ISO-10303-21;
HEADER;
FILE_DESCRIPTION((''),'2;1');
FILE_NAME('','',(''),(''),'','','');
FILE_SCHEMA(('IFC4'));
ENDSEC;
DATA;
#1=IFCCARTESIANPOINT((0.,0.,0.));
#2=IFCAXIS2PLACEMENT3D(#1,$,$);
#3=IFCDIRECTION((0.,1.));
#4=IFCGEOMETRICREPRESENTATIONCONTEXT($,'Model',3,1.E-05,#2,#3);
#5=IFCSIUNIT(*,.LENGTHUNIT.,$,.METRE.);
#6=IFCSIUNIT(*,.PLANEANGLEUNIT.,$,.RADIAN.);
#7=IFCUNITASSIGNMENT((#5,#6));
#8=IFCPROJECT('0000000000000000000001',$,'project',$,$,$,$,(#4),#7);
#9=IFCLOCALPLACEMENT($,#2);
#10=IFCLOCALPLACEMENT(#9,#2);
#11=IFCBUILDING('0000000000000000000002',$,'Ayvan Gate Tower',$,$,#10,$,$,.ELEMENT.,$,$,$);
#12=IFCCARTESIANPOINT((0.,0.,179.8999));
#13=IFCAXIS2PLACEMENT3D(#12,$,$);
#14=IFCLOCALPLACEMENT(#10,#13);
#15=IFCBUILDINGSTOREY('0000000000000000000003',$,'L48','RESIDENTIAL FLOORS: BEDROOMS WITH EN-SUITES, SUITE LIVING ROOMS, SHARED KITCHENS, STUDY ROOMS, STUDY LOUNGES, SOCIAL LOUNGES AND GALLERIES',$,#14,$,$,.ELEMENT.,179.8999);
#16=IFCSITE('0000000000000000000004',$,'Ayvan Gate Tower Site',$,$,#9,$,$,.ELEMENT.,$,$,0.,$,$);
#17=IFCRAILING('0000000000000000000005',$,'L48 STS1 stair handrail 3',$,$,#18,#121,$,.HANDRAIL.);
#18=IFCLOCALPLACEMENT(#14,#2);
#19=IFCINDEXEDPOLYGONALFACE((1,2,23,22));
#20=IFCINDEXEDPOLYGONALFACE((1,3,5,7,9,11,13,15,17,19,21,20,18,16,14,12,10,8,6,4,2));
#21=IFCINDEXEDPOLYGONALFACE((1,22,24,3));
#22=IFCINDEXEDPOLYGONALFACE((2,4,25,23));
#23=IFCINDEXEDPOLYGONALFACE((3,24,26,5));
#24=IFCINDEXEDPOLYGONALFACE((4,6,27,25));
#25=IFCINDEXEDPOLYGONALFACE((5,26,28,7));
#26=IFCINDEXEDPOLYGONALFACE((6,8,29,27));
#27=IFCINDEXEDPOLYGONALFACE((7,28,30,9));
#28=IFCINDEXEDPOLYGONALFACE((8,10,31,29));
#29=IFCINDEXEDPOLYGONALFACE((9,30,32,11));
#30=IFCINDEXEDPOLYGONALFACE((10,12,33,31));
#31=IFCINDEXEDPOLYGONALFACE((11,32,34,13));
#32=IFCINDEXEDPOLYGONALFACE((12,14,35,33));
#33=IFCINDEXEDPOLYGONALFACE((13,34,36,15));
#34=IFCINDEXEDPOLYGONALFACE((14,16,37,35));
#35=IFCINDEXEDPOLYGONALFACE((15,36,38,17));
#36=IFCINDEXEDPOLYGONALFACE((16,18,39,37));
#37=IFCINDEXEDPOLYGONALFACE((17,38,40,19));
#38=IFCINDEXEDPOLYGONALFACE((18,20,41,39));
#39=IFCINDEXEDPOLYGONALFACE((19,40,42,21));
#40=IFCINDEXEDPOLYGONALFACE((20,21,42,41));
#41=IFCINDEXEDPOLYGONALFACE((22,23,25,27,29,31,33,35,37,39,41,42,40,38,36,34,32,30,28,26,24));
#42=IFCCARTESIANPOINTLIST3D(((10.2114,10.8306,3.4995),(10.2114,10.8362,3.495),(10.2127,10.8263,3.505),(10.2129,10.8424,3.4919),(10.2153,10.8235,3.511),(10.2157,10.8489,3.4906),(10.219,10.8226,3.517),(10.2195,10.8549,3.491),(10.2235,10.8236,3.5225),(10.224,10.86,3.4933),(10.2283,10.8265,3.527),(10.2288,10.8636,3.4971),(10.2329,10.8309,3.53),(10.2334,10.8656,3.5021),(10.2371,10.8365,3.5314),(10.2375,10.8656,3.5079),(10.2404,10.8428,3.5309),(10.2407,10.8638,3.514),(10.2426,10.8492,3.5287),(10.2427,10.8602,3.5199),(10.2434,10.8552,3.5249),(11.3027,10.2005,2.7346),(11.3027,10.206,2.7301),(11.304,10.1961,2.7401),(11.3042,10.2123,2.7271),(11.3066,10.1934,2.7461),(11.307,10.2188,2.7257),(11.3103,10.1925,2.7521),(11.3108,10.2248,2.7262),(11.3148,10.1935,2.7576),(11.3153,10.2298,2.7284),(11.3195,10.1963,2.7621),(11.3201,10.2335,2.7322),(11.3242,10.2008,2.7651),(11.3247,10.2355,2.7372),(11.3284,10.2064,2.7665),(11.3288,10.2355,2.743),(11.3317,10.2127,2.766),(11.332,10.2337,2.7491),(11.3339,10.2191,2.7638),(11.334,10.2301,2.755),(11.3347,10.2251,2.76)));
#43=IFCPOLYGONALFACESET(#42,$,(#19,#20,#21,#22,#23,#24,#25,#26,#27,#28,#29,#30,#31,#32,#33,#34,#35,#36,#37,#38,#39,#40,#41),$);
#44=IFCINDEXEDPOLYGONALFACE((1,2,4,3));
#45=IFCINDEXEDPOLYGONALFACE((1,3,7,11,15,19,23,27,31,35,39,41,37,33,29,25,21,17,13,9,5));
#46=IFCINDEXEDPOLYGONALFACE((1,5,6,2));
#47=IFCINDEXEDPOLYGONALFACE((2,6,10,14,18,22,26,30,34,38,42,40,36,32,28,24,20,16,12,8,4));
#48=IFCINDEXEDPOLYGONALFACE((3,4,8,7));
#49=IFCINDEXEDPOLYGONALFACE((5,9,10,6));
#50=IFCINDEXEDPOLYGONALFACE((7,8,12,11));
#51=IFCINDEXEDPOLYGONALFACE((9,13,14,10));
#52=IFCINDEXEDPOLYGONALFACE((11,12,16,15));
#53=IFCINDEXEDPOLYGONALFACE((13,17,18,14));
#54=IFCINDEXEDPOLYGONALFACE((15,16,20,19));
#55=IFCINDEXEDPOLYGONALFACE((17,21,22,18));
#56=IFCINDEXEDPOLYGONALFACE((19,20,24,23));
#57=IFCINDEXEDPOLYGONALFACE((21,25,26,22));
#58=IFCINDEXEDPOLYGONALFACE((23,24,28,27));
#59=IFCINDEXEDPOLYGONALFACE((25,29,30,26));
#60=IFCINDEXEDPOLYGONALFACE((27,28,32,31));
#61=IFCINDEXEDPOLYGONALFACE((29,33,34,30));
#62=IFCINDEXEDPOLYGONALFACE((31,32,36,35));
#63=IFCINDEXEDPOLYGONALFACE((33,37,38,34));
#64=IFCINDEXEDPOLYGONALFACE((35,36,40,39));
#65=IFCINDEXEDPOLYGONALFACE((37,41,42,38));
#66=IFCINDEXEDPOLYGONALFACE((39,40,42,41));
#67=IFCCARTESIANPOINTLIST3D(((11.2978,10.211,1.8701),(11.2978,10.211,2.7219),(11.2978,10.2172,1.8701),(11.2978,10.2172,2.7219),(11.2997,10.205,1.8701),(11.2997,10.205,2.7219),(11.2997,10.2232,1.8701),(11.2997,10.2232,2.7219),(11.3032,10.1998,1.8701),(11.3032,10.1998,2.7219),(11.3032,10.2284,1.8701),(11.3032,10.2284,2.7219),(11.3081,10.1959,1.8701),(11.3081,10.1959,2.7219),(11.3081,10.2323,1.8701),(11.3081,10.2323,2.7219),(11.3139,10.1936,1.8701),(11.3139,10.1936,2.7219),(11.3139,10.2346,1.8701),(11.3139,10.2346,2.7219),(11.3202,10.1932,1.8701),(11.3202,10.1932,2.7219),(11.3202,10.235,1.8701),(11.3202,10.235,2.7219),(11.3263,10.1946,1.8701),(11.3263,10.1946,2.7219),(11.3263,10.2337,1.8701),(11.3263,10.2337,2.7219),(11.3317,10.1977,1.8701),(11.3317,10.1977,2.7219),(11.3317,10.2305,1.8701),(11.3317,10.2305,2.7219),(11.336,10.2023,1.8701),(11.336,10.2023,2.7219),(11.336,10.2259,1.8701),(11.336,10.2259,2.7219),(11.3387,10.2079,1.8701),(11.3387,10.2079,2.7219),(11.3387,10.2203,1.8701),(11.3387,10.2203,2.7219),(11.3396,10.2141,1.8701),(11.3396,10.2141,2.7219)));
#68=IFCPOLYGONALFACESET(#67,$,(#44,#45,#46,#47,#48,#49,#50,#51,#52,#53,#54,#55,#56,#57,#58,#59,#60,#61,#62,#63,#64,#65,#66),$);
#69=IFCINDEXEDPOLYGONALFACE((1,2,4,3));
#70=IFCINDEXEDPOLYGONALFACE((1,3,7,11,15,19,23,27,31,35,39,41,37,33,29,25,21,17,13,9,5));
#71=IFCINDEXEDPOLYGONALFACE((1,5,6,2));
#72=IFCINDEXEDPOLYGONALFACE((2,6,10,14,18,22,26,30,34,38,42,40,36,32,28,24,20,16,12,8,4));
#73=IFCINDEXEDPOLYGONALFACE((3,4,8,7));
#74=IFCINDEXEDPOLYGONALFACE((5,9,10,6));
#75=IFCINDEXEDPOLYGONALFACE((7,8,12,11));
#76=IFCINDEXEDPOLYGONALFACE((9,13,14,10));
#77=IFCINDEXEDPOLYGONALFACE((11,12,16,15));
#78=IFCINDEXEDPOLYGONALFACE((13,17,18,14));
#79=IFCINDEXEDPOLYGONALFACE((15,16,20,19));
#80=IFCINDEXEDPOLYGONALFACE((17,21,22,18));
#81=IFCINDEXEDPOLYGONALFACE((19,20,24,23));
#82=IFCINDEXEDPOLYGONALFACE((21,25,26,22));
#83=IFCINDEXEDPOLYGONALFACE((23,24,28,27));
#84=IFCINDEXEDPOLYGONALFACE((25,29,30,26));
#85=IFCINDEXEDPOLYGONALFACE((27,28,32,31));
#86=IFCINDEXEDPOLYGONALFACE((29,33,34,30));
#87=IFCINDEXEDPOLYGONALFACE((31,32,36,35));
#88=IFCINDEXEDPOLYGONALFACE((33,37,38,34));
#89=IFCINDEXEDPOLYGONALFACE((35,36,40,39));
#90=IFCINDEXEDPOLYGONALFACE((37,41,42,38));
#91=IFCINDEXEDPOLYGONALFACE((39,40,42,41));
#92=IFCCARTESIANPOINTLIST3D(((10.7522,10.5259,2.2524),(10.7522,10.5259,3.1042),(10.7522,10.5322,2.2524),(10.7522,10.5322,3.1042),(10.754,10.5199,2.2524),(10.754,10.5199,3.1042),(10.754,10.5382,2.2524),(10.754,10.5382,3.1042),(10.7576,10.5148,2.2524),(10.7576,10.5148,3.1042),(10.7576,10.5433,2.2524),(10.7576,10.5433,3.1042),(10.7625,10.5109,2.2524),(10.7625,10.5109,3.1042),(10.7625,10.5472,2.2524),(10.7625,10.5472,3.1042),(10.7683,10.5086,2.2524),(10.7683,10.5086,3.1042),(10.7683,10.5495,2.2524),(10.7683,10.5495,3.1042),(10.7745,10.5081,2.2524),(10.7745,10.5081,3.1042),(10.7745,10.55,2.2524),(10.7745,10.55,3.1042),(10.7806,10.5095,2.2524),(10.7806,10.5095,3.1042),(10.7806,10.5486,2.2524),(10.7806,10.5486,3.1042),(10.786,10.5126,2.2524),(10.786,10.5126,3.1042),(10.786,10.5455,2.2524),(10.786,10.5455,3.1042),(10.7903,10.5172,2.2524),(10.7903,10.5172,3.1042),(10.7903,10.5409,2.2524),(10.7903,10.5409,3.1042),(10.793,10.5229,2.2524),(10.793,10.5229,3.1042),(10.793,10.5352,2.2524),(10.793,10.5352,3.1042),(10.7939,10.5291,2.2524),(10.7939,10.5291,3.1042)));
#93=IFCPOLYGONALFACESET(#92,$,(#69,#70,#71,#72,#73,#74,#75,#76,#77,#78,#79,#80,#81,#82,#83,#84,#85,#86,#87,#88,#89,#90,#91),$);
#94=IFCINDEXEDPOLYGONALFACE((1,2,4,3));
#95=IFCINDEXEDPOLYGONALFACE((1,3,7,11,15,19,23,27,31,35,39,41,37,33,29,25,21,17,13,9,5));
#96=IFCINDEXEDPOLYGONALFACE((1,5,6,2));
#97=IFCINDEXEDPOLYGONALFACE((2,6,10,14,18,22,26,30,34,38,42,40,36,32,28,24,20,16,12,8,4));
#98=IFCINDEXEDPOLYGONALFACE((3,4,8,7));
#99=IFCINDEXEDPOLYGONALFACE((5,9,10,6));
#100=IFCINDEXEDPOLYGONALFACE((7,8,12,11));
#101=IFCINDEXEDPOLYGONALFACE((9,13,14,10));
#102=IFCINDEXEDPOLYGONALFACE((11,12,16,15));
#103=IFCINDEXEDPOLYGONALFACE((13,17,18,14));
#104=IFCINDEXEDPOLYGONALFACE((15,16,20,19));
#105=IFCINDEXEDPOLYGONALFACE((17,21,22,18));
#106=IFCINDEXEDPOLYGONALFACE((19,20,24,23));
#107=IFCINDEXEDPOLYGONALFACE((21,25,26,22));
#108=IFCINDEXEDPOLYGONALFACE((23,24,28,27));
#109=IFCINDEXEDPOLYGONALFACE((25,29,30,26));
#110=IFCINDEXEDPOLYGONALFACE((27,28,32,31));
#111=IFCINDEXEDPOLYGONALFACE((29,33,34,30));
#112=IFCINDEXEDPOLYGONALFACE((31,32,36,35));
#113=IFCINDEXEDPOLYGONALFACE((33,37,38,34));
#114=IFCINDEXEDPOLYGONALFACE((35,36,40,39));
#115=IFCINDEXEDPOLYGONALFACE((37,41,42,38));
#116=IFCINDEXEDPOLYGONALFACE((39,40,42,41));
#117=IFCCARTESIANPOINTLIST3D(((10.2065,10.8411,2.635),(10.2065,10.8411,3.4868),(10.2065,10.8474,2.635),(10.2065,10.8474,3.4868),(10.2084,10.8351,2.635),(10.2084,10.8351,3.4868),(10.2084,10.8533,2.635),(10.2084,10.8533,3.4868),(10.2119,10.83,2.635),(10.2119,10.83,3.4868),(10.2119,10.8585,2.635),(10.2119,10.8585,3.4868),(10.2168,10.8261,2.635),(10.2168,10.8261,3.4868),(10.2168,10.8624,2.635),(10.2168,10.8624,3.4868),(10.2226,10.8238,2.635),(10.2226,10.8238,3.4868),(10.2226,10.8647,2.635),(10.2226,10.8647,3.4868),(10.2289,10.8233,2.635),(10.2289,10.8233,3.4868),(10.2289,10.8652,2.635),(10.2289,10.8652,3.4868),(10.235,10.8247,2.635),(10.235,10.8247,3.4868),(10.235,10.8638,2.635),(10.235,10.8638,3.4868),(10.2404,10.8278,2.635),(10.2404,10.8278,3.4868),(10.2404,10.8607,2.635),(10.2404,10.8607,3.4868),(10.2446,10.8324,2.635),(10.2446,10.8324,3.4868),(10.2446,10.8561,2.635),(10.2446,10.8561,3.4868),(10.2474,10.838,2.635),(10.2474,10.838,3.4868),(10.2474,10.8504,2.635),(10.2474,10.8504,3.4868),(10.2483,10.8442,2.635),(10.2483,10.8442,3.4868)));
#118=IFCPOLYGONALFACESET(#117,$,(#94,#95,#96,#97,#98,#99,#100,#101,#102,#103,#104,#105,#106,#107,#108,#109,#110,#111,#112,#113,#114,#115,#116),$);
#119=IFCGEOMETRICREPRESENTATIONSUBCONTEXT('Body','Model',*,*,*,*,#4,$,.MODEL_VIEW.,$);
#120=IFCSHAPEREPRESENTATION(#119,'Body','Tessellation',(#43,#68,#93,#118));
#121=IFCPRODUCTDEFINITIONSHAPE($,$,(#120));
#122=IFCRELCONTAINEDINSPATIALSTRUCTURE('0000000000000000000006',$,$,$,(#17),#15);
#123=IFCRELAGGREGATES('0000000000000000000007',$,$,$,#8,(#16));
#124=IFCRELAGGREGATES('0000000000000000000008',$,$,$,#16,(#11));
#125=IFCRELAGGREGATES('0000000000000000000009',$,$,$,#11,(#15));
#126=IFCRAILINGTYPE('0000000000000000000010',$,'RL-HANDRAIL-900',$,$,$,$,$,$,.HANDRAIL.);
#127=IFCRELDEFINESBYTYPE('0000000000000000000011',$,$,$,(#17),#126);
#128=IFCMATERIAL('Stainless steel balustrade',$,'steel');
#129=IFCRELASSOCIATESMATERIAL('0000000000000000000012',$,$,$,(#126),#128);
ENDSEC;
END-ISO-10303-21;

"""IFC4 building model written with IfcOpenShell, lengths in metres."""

from ifc_helpers import new_model, si_unit, direction, frame, origin, origin_2d, place, context, subcontext, project, spatial, circle, extrude, material, type_object, element, save


model = new_model("IFC4")

# Units and contexts
model_context = context("Model", 3, precision=1e-05, world=origin(), true_north=direction((0.0, 1.0)))
body_context = subcontext(model_context, "Body", "Model", "MODEL_VIEW")
ifc_project = project(units=[si_unit("LENGTHUNIT", "METRE"), si_unit("PLANEANGLEUNIT", "RADIAN")], contexts=[model_context])

# Site, building, storey
site_placement = place(None, origin())
site = spatial("IfcSite", under=ifc_project, at=site_placement, Name="Ayvan Gate Tower Site", CompositionType="ELEMENT", RefElevation=0.0)
building_placement = place(site_placement, origin())
building = spatial("IfcBuilding", under=site, at=building_placement, Name="Ayvan Gate Tower", CompositionType="ELEMENT")
storey_placement = place(building_placement, frame((0.0, 0.0, 179.8999)))
storey = spatial("IfcBuildingStorey", under=building, at=storey_placement, Name="L48", Description="RESIDENTIAL FLOORS: BEDROOMS WITH EN-SUITES, SUITE LIVING ROOMS, SHARED KITCHENS, STUDY ROOMS, STUDY LOUNGES, SOCIAL LOUNGES AND GALLERIES", CompositionType="ELEMENT", Elevation=179.8999)

# Railing
ifc_material_1 = material(Name="Stainless steel balustrade", Category="steel")
railing_type_1 = type_object("IfcRailingType", Name="RL-HANDRAIL-900", PredefinedType="HANDRAIL", material=ifc_material_1)
railing_1_placement = place(storey_placement, frame((11.3186, 10.2141, 1.8701)))
element("IfcRailing", 1, at=railing_1_placement, inside=storey, type_object=railing_type_1, Name="L48 STS1 stair handrail 3", PredefinedType="HANDRAIL", context=body_context, shape_type="SweptSolid", body=[
    extrude(circle(Radius=0.0239, at=origin_2d()), frame((0.0, 0.0, 0.876), z_axis=(-0.740304, 0.427455, 0.518875), x_axis=(-0.500035, -0.866005, 0.0)), (0.0, 0.0, 1.0), 1.4741),
    extrude(circle(Radius=0.021, at=origin_2d()), origin(), (0.0, 0.0, 1.0), 0.8518),
    extrude(circle(Radius=0.021, at=origin_2d()), frame((-0.5457, 0.3149, 0.3823)), (0.0, 0.0, 1.0), 0.8518),
    extrude(circle(Radius=0.021, at=origin_2d()), frame((-1.0913, 0.6301, 0.7649)), (0.0, 0.0, 1.0), 0.8518),
])

save(model, "model.ifc")
